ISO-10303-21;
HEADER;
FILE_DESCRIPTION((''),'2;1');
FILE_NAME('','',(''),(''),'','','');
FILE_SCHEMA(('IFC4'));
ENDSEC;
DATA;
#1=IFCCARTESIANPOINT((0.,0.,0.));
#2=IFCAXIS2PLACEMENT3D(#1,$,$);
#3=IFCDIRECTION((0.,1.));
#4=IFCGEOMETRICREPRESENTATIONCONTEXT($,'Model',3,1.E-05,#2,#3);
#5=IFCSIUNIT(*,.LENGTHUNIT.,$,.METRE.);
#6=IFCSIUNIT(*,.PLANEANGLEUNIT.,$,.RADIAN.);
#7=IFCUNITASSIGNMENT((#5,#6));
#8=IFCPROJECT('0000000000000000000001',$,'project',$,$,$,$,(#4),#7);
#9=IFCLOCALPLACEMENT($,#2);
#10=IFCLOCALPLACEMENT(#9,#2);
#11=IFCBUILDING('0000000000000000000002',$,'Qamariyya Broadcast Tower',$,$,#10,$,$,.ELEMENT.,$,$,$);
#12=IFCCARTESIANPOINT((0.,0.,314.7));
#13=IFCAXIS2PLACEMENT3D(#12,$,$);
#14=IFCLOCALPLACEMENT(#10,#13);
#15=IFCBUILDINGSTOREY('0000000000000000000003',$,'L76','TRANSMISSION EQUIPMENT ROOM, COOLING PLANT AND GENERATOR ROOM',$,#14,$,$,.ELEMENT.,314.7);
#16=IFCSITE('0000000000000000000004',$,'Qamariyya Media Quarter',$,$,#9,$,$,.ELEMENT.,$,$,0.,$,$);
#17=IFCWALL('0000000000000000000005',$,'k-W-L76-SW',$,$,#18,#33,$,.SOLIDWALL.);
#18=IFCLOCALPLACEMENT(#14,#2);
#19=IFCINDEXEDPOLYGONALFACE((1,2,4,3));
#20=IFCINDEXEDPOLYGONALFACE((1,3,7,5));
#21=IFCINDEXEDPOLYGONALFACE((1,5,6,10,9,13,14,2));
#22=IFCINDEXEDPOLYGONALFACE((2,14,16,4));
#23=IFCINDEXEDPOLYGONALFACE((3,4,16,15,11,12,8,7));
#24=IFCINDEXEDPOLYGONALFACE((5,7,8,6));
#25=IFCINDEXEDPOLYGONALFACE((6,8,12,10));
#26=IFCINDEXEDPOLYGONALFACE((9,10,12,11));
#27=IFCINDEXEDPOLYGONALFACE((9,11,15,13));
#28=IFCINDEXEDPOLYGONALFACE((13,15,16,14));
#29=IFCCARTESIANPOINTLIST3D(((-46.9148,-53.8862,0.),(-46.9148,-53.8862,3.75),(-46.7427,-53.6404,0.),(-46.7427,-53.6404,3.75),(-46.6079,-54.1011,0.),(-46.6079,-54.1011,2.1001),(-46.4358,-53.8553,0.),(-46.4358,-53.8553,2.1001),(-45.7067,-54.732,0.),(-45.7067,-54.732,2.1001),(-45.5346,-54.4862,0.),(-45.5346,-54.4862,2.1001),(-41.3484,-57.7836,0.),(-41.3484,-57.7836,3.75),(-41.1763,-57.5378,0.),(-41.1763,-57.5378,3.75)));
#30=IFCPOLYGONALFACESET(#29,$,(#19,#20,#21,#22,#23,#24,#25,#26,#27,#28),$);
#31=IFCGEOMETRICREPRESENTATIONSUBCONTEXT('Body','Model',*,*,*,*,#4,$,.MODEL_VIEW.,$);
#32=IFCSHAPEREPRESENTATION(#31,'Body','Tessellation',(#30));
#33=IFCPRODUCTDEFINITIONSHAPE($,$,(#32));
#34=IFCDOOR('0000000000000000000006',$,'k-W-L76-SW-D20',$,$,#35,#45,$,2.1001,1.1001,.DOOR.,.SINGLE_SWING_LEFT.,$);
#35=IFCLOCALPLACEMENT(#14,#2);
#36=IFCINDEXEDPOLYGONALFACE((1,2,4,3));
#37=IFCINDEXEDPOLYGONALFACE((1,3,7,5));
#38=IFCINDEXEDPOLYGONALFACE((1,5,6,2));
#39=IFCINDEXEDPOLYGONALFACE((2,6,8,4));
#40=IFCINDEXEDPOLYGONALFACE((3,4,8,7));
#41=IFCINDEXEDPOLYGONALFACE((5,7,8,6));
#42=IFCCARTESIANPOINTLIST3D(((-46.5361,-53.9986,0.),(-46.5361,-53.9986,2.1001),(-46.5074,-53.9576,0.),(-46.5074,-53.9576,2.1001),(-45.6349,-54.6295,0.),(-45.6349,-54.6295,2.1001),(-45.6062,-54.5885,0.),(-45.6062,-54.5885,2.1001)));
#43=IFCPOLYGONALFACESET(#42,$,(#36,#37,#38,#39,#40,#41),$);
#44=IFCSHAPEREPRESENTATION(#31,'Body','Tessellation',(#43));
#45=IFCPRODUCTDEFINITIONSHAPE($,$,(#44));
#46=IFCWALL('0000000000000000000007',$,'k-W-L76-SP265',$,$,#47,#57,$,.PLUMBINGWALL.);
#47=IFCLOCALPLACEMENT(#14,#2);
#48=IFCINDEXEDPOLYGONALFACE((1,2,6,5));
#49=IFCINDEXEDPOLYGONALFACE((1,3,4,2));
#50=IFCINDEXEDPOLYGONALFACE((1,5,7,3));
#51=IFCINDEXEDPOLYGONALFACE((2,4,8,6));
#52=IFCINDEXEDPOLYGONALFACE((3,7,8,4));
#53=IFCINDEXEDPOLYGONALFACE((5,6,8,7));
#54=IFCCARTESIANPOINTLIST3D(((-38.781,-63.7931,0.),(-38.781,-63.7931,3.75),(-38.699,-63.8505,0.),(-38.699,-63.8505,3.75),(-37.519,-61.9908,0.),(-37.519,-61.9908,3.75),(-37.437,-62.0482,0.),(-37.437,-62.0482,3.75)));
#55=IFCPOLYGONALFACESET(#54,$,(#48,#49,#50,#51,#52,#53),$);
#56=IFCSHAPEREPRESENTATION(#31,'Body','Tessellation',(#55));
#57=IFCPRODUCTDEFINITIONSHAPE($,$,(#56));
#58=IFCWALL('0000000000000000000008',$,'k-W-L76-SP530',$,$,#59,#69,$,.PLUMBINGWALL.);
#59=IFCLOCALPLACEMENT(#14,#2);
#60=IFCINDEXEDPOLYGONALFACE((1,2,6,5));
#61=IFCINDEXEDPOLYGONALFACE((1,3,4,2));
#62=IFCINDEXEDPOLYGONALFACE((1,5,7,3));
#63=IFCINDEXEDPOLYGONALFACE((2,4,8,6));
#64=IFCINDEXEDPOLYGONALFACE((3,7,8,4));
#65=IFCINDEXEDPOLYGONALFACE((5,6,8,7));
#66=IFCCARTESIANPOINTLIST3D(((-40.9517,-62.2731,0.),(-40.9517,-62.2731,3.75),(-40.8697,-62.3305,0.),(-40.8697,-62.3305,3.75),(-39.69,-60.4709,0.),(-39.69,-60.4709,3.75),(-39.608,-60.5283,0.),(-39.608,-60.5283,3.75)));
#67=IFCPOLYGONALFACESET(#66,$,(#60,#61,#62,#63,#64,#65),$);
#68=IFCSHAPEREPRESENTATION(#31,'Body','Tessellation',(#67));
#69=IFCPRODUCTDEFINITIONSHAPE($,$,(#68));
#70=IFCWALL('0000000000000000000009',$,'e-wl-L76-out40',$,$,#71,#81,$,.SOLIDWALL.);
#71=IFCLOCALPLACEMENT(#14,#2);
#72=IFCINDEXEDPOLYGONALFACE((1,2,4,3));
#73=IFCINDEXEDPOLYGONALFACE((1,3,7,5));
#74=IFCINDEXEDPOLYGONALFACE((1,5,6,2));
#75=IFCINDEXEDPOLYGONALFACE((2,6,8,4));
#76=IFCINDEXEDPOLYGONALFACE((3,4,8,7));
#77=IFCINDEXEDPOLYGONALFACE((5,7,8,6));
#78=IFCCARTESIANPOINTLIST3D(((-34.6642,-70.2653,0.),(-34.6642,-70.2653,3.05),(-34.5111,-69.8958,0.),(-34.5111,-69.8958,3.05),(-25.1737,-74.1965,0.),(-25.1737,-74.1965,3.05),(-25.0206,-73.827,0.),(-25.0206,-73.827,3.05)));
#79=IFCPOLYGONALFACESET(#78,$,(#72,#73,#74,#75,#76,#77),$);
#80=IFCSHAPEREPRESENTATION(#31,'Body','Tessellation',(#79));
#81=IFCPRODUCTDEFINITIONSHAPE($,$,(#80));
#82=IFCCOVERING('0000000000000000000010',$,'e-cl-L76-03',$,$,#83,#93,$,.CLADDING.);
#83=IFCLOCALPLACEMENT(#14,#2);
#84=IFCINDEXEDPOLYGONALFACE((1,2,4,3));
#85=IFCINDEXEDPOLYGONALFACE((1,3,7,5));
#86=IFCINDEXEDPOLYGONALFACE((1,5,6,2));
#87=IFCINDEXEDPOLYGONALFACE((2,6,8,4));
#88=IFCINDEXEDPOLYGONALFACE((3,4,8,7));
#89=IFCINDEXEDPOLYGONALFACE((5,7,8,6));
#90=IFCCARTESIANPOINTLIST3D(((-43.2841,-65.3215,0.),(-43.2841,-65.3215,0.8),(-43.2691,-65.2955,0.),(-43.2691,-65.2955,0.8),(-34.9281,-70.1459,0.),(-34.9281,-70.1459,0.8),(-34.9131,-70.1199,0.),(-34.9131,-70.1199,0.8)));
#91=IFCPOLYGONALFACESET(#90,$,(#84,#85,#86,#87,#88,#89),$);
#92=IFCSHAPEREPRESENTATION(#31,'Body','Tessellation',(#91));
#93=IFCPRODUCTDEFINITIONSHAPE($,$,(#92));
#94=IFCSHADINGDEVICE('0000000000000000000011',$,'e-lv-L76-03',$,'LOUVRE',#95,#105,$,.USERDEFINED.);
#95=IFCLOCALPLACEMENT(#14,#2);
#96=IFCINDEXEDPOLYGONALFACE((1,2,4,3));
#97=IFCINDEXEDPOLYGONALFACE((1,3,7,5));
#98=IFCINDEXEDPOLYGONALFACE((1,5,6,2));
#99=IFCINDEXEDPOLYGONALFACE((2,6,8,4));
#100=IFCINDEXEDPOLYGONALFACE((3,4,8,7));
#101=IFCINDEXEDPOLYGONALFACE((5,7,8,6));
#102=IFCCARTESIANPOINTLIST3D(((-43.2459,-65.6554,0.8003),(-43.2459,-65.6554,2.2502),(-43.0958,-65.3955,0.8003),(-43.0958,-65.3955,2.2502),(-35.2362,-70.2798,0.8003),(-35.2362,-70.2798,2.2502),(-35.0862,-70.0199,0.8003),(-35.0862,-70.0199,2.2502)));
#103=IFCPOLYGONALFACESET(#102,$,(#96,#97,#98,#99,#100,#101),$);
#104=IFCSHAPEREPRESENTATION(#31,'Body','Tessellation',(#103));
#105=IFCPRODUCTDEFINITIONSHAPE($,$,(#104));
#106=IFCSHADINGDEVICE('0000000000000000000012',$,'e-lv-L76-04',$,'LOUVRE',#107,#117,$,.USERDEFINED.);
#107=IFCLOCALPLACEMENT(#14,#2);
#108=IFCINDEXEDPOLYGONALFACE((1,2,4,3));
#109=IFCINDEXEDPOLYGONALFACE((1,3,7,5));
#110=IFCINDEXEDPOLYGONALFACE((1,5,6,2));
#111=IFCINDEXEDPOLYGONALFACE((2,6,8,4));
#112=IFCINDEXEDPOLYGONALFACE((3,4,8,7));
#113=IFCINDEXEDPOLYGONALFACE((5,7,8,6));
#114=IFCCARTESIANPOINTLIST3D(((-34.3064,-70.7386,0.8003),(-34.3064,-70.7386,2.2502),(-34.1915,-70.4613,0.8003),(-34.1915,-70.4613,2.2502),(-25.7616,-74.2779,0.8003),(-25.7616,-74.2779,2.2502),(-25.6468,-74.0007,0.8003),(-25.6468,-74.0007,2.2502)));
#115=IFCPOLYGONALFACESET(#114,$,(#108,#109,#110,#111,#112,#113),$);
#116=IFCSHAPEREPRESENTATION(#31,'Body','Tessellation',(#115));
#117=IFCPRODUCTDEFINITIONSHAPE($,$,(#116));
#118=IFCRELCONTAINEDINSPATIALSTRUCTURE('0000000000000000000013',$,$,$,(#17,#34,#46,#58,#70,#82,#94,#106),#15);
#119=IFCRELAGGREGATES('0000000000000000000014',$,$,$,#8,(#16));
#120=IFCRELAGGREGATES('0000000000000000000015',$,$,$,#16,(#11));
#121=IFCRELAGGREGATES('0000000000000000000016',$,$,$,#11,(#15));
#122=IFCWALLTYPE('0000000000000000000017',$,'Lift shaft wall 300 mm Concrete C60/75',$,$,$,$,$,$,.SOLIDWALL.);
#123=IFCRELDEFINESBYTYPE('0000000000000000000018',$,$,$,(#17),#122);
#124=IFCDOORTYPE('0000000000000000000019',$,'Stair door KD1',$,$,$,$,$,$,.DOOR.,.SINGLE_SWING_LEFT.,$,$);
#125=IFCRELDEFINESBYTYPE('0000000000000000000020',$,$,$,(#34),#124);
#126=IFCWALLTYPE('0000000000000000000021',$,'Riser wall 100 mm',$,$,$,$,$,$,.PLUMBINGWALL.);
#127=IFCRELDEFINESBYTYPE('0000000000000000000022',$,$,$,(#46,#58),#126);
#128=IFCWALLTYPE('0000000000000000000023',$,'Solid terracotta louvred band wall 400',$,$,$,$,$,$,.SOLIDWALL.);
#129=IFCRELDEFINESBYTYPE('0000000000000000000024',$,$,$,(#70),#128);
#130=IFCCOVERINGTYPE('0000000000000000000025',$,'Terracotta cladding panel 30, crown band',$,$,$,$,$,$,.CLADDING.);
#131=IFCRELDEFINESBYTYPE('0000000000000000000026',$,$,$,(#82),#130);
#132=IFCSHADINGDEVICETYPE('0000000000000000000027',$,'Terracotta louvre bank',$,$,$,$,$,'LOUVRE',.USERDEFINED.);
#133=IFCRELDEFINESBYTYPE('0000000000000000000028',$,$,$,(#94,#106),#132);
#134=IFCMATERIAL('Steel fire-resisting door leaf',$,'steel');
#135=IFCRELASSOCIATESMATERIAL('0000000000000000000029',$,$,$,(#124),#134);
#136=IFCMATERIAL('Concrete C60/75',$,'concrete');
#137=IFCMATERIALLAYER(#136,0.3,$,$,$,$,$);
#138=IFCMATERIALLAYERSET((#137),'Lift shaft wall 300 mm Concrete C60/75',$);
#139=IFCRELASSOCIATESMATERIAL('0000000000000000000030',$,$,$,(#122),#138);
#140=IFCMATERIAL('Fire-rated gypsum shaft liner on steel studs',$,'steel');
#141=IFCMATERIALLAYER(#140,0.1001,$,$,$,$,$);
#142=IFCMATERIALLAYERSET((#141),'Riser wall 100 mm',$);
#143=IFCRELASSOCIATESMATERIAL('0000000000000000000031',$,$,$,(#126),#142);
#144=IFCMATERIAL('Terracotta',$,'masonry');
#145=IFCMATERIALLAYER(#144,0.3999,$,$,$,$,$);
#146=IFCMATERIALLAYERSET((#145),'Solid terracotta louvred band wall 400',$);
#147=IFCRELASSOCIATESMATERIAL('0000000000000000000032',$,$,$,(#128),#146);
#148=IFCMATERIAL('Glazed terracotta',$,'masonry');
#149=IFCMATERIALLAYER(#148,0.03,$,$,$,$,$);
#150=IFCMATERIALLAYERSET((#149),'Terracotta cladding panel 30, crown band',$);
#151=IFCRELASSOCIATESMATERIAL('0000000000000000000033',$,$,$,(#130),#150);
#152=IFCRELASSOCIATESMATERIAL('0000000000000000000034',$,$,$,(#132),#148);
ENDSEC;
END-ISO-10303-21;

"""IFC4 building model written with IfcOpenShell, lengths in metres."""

from ifc_helpers import new_model, si_unit, direction, frame, frame_2d, origin, origin_2d, place, context, subcontext, project, spatial, rectangle, extrude, material, layer, layer_set, type_object, element, fill, save


model = new_model("IFC4")

# Units and contexts
model_context = context("Model", 3, precision=1e-05, world=origin(), true_north=direction((0.0, 1.0)))
body_context = subcontext(model_context, "Body", "Model", "MODEL_VIEW")
ifc_project = project(units=[si_unit("LENGTHUNIT", "METRE"), si_unit("PLANEANGLEUNIT", "RADIAN")], contexts=[model_context])

# Site, building, storey
site_placement = place(None, origin())
site = spatial("IfcSite", under=ifc_project, at=site_placement, Name="Qamariyya Media Quarter", CompositionType="ELEMENT", RefElevation=0.0)
building_placement = place(site_placement, origin())
building = spatial("IfcBuilding", under=site, at=building_placement, Name="Qamariyya Broadcast Tower", CompositionType="ELEMENT")
storey_placement = place(building_placement, frame((0.0, 0.0, 314.7)))
storey = spatial("IfcBuildingStorey", under=building, at=storey_placement, Name="L76", Description="TRANSMISSION EQUIPMENT ROOM, COOLING PLANT AND GENERATOR ROOM", CompositionType="ELEMENT", Elevation=314.7)

# Shared definitions
ifc_material_1 = material(Name="Concrete C60/75", Category="concrete")
ifc_material_2 = material(Name="Steel fire-resisting door leaf", Category="steel")

# Shared definitions
door_type_1 = type_object("IfcDoorType", Name="Stair door KD1", OperationType="SINGLE_SWING_LEFT", PredefinedType="DOOR", material=ifc_material_2)

# Shared definitions
ifc_layer_1 = layer(ifc_material_1, 0.3)
ifc_layer_set_1 = layer_set([ifc_layer_1], Name="Lift shaft wall 300 mm Concrete C60/75")
wall_type_1 = type_object("IfcWallType", Name="Lift shaft wall 300 mm Concrete C60/75", PredefinedType="SOLIDWALL", material=ifc_layer_set_1)

# Wall, opening, door
wall_1_placement = place(storey_placement, frame((-41.2625, -57.6606, 0.0), z_axis=(0.0, 0.0, 1.0), x_axis=(-0.819164, 0.573559, 0.0)))
wall_1 = element("IfcWall", 1, at=wall_1_placement, inside=storey, type_object=wall_type_1, Name="k-W-L76-SW", PredefinedType="SOLIDWALL", context=body_context, shape_type="SweptSolid", body=[
    extrude(rectangle(XDim=6.7952, YDim=0.3, at=frame_2d((3.3975, 0.0))), origin(), (0.0, 0.0, 1.0), 3.75),
])
opening_1_placement = place(wall_1_placement, frame((5.3203, 0.0, 0.0)))
opening_1 = element("IfcOpeningElement", 2, at=opening_1_placement, cuts=wall_1, PredefinedType="OPENING", context=body_context, shape_type="SweptSolid", body=[
    extrude(rectangle(XDim=1.1001, YDim=2.1001, at=frame_2d((0.55, 1.05))), frame((0.0, 0.1599, 0.0), z_axis=(0.0, -1.0, 0.0), x_axis=(1.0, 0.0, 0.0)), (0.0, 0.0, 1.0), 0.3201),
])
door_1_placement = place(opening_1_placement, origin())
door_1 = element("IfcDoor", 3, at=door_1_placement, inside=storey, type_object=door_type_1, Name="k-W-L76-SW-D20", OperationType="SINGLE_SWING_LEFT", OverallHeight=2.1001, OverallWidth=1.1001, PredefinedType="DOOR", context=body_context, shape_type="SweptSolid", body=[
    extrude(rectangle(XDim=1.1001, YDim=2.1001, at=frame_2d((0.55, 1.05))), frame((0.0, 0.0249, 0.0), z_axis=(0.0, -1.0, 0.0), x_axis=(1.0, 0.0, 0.0)), (0.0, 0.0, 1.0), 0.05),
])
fill(opening_1, door_1)

# Walls
ifc_material_3 = material(Name="Fire-rated gypsum shaft liner on steel studs", Category="steel")
ifc_layer_2 = layer(ifc_material_3, 0.1001)
ifc_layer_set_2 = layer_set([ifc_layer_2], Name="Riser wall 100 mm")
wall_type_2 = type_object("IfcWallType", Name="Riser wall 100 mm", PredefinedType="PLUMBINGWALL", material=ifc_layer_set_2)
wall_2_placement = place(storey_placement, frame((-37.478, -62.0195, 0.0), z_axis=(0.0, 0.0, 1.0), x_axis=(-0.573581, -0.819149, 0.0)))
element("IfcWall", 4, at=wall_2_placement, inside=storey, type_object=wall_type_2, Name="k-W-L76-SP265", PredefinedType="PLUMBINGWALL", context=body_context, shape_type="SweptSolid", body=[
    extrude(rectangle(XDim=2.2002, YDim=0.1001, at=frame_2d((1.1001, 0.0))), origin(), (0.0, 0.0, 1.0), 3.75),
])
wall_3_placement = place(storey_placement, frame((-39.6489, -60.4995, 0.0), z_axis=(0.0, 0.0, 1.0), x_axis=(-0.573507, -0.819201, 0.0)))
element("IfcWall", 5, at=wall_3_placement, inside=storey, type_object=wall_type_2, Name="k-W-L76-SP530", PredefinedType="PLUMBINGWALL", context=body_context, shape_type="SweptSolid", body=[
    extrude(rectangle(XDim=2.2, YDim=0.1001, at=frame_2d((1.1001, 0.0))), origin(), (0.0, 0.0, 1.0), 3.75),
])
ifc_material_4 = material(Name="Terracotta", Category="masonry")
ifc_layer_3 = layer(ifc_material_4, 0.3999)
ifc_layer_set_3 = layer_set([ifc_layer_3], Name="Solid terracotta louvred band wall 400")
wall_type_3 = type_object("IfcWallType", Name="Solid terracotta louvred band wall 400", PredefinedType="SOLIDWALL", material=ifc_layer_set_3)
wall_4_placement = place(storey_placement, frame((-34.5876, -70.0806, 0.0), z_axis=(0.0, 0.0, 1.0), x_axis=(0.923877, -0.382689, 0.0)))
element("IfcWall", 6, at=wall_4_placement, inside=storey, type_object=wall_type_3, Name="e-wl-L76-out40", PredefinedType="SOLIDWALL", context=body_context, shape_type="SweptSolid", body=[
    extrude(rectangle(XDim=10.2725, YDim=0.3999, at=frame_2d((5.1362, 0.0))), origin(), (0.0, 0.0, 1.0), 3.05),
])

# Covering
ifc_material_5 = material(Name="Glazed terracotta", Category="masonry")
ifc_layer_4 = layer(ifc_material_5, 0.03)
ifc_layer_set_4 = layer_set([ifc_layer_4], Name="Terracotta cladding panel 30, crown band")
covering_type = type_object("IfcCoveringType", Name="Terracotta cladding panel 30, crown band", PredefinedType="CLADDING", material=ifc_layer_set_4)
covering_placement = place(storey_placement, frame((-39.0986, -67.7207, 0.0), z_axis=(0.0, 0.0, 1.0), x_axis=(0.866025, -0.5, 0.0)))
element("IfcCovering", 7, at=covering_placement, inside=storey, type_object=covering_type, Name="e-cl-L76-03", PredefinedType="CLADDING", context=body_context, shape_type="SweptSolid", body=[
    extrude(rectangle(XDim=9.6487, YDim=0.03, at=origin_2d()), origin(), (0.0, 0.0, 1.0), 0.8),
])

# Shading devices
shading_device_type = type_object("IfcShadingDeviceType", Name="Terracotta louvre bank", ElementType="LOUVRE", PredefinedType="USERDEFINED", material=ifc_material_5)
for number, where, z_axis, x_axis, name in (
    (8, (-39.166, -67.8376, 0.8003), (0.0, 0.0, 1.0), (0.866025, -0.5, 0.0), "e-lv-L76-03"),
    (9, (-29.9766, -72.3696, 0.8003), (0.0, 0.0, 1.0), (0.92388, -0.382683, 0.0), "e-lv-L76-04"),
):
    element("IfcShadingDevice", number, at=place(storey_placement, frame(where, z_axis=z_axis, x_axis=x_axis)), inside=storey, type_object=shading_device_type, Name=name, ObjectType="LOUVRE", PredefinedType="USERDEFINED", context=body_context, shape_type="SweptSolid", body=[
        extrude(rectangle(XDim=9.2488, YDim=0.3, at=origin_2d()), origin(), (0.0, 0.0, 1.0), 1.45),
    ])

save(model, "model.ifc")
